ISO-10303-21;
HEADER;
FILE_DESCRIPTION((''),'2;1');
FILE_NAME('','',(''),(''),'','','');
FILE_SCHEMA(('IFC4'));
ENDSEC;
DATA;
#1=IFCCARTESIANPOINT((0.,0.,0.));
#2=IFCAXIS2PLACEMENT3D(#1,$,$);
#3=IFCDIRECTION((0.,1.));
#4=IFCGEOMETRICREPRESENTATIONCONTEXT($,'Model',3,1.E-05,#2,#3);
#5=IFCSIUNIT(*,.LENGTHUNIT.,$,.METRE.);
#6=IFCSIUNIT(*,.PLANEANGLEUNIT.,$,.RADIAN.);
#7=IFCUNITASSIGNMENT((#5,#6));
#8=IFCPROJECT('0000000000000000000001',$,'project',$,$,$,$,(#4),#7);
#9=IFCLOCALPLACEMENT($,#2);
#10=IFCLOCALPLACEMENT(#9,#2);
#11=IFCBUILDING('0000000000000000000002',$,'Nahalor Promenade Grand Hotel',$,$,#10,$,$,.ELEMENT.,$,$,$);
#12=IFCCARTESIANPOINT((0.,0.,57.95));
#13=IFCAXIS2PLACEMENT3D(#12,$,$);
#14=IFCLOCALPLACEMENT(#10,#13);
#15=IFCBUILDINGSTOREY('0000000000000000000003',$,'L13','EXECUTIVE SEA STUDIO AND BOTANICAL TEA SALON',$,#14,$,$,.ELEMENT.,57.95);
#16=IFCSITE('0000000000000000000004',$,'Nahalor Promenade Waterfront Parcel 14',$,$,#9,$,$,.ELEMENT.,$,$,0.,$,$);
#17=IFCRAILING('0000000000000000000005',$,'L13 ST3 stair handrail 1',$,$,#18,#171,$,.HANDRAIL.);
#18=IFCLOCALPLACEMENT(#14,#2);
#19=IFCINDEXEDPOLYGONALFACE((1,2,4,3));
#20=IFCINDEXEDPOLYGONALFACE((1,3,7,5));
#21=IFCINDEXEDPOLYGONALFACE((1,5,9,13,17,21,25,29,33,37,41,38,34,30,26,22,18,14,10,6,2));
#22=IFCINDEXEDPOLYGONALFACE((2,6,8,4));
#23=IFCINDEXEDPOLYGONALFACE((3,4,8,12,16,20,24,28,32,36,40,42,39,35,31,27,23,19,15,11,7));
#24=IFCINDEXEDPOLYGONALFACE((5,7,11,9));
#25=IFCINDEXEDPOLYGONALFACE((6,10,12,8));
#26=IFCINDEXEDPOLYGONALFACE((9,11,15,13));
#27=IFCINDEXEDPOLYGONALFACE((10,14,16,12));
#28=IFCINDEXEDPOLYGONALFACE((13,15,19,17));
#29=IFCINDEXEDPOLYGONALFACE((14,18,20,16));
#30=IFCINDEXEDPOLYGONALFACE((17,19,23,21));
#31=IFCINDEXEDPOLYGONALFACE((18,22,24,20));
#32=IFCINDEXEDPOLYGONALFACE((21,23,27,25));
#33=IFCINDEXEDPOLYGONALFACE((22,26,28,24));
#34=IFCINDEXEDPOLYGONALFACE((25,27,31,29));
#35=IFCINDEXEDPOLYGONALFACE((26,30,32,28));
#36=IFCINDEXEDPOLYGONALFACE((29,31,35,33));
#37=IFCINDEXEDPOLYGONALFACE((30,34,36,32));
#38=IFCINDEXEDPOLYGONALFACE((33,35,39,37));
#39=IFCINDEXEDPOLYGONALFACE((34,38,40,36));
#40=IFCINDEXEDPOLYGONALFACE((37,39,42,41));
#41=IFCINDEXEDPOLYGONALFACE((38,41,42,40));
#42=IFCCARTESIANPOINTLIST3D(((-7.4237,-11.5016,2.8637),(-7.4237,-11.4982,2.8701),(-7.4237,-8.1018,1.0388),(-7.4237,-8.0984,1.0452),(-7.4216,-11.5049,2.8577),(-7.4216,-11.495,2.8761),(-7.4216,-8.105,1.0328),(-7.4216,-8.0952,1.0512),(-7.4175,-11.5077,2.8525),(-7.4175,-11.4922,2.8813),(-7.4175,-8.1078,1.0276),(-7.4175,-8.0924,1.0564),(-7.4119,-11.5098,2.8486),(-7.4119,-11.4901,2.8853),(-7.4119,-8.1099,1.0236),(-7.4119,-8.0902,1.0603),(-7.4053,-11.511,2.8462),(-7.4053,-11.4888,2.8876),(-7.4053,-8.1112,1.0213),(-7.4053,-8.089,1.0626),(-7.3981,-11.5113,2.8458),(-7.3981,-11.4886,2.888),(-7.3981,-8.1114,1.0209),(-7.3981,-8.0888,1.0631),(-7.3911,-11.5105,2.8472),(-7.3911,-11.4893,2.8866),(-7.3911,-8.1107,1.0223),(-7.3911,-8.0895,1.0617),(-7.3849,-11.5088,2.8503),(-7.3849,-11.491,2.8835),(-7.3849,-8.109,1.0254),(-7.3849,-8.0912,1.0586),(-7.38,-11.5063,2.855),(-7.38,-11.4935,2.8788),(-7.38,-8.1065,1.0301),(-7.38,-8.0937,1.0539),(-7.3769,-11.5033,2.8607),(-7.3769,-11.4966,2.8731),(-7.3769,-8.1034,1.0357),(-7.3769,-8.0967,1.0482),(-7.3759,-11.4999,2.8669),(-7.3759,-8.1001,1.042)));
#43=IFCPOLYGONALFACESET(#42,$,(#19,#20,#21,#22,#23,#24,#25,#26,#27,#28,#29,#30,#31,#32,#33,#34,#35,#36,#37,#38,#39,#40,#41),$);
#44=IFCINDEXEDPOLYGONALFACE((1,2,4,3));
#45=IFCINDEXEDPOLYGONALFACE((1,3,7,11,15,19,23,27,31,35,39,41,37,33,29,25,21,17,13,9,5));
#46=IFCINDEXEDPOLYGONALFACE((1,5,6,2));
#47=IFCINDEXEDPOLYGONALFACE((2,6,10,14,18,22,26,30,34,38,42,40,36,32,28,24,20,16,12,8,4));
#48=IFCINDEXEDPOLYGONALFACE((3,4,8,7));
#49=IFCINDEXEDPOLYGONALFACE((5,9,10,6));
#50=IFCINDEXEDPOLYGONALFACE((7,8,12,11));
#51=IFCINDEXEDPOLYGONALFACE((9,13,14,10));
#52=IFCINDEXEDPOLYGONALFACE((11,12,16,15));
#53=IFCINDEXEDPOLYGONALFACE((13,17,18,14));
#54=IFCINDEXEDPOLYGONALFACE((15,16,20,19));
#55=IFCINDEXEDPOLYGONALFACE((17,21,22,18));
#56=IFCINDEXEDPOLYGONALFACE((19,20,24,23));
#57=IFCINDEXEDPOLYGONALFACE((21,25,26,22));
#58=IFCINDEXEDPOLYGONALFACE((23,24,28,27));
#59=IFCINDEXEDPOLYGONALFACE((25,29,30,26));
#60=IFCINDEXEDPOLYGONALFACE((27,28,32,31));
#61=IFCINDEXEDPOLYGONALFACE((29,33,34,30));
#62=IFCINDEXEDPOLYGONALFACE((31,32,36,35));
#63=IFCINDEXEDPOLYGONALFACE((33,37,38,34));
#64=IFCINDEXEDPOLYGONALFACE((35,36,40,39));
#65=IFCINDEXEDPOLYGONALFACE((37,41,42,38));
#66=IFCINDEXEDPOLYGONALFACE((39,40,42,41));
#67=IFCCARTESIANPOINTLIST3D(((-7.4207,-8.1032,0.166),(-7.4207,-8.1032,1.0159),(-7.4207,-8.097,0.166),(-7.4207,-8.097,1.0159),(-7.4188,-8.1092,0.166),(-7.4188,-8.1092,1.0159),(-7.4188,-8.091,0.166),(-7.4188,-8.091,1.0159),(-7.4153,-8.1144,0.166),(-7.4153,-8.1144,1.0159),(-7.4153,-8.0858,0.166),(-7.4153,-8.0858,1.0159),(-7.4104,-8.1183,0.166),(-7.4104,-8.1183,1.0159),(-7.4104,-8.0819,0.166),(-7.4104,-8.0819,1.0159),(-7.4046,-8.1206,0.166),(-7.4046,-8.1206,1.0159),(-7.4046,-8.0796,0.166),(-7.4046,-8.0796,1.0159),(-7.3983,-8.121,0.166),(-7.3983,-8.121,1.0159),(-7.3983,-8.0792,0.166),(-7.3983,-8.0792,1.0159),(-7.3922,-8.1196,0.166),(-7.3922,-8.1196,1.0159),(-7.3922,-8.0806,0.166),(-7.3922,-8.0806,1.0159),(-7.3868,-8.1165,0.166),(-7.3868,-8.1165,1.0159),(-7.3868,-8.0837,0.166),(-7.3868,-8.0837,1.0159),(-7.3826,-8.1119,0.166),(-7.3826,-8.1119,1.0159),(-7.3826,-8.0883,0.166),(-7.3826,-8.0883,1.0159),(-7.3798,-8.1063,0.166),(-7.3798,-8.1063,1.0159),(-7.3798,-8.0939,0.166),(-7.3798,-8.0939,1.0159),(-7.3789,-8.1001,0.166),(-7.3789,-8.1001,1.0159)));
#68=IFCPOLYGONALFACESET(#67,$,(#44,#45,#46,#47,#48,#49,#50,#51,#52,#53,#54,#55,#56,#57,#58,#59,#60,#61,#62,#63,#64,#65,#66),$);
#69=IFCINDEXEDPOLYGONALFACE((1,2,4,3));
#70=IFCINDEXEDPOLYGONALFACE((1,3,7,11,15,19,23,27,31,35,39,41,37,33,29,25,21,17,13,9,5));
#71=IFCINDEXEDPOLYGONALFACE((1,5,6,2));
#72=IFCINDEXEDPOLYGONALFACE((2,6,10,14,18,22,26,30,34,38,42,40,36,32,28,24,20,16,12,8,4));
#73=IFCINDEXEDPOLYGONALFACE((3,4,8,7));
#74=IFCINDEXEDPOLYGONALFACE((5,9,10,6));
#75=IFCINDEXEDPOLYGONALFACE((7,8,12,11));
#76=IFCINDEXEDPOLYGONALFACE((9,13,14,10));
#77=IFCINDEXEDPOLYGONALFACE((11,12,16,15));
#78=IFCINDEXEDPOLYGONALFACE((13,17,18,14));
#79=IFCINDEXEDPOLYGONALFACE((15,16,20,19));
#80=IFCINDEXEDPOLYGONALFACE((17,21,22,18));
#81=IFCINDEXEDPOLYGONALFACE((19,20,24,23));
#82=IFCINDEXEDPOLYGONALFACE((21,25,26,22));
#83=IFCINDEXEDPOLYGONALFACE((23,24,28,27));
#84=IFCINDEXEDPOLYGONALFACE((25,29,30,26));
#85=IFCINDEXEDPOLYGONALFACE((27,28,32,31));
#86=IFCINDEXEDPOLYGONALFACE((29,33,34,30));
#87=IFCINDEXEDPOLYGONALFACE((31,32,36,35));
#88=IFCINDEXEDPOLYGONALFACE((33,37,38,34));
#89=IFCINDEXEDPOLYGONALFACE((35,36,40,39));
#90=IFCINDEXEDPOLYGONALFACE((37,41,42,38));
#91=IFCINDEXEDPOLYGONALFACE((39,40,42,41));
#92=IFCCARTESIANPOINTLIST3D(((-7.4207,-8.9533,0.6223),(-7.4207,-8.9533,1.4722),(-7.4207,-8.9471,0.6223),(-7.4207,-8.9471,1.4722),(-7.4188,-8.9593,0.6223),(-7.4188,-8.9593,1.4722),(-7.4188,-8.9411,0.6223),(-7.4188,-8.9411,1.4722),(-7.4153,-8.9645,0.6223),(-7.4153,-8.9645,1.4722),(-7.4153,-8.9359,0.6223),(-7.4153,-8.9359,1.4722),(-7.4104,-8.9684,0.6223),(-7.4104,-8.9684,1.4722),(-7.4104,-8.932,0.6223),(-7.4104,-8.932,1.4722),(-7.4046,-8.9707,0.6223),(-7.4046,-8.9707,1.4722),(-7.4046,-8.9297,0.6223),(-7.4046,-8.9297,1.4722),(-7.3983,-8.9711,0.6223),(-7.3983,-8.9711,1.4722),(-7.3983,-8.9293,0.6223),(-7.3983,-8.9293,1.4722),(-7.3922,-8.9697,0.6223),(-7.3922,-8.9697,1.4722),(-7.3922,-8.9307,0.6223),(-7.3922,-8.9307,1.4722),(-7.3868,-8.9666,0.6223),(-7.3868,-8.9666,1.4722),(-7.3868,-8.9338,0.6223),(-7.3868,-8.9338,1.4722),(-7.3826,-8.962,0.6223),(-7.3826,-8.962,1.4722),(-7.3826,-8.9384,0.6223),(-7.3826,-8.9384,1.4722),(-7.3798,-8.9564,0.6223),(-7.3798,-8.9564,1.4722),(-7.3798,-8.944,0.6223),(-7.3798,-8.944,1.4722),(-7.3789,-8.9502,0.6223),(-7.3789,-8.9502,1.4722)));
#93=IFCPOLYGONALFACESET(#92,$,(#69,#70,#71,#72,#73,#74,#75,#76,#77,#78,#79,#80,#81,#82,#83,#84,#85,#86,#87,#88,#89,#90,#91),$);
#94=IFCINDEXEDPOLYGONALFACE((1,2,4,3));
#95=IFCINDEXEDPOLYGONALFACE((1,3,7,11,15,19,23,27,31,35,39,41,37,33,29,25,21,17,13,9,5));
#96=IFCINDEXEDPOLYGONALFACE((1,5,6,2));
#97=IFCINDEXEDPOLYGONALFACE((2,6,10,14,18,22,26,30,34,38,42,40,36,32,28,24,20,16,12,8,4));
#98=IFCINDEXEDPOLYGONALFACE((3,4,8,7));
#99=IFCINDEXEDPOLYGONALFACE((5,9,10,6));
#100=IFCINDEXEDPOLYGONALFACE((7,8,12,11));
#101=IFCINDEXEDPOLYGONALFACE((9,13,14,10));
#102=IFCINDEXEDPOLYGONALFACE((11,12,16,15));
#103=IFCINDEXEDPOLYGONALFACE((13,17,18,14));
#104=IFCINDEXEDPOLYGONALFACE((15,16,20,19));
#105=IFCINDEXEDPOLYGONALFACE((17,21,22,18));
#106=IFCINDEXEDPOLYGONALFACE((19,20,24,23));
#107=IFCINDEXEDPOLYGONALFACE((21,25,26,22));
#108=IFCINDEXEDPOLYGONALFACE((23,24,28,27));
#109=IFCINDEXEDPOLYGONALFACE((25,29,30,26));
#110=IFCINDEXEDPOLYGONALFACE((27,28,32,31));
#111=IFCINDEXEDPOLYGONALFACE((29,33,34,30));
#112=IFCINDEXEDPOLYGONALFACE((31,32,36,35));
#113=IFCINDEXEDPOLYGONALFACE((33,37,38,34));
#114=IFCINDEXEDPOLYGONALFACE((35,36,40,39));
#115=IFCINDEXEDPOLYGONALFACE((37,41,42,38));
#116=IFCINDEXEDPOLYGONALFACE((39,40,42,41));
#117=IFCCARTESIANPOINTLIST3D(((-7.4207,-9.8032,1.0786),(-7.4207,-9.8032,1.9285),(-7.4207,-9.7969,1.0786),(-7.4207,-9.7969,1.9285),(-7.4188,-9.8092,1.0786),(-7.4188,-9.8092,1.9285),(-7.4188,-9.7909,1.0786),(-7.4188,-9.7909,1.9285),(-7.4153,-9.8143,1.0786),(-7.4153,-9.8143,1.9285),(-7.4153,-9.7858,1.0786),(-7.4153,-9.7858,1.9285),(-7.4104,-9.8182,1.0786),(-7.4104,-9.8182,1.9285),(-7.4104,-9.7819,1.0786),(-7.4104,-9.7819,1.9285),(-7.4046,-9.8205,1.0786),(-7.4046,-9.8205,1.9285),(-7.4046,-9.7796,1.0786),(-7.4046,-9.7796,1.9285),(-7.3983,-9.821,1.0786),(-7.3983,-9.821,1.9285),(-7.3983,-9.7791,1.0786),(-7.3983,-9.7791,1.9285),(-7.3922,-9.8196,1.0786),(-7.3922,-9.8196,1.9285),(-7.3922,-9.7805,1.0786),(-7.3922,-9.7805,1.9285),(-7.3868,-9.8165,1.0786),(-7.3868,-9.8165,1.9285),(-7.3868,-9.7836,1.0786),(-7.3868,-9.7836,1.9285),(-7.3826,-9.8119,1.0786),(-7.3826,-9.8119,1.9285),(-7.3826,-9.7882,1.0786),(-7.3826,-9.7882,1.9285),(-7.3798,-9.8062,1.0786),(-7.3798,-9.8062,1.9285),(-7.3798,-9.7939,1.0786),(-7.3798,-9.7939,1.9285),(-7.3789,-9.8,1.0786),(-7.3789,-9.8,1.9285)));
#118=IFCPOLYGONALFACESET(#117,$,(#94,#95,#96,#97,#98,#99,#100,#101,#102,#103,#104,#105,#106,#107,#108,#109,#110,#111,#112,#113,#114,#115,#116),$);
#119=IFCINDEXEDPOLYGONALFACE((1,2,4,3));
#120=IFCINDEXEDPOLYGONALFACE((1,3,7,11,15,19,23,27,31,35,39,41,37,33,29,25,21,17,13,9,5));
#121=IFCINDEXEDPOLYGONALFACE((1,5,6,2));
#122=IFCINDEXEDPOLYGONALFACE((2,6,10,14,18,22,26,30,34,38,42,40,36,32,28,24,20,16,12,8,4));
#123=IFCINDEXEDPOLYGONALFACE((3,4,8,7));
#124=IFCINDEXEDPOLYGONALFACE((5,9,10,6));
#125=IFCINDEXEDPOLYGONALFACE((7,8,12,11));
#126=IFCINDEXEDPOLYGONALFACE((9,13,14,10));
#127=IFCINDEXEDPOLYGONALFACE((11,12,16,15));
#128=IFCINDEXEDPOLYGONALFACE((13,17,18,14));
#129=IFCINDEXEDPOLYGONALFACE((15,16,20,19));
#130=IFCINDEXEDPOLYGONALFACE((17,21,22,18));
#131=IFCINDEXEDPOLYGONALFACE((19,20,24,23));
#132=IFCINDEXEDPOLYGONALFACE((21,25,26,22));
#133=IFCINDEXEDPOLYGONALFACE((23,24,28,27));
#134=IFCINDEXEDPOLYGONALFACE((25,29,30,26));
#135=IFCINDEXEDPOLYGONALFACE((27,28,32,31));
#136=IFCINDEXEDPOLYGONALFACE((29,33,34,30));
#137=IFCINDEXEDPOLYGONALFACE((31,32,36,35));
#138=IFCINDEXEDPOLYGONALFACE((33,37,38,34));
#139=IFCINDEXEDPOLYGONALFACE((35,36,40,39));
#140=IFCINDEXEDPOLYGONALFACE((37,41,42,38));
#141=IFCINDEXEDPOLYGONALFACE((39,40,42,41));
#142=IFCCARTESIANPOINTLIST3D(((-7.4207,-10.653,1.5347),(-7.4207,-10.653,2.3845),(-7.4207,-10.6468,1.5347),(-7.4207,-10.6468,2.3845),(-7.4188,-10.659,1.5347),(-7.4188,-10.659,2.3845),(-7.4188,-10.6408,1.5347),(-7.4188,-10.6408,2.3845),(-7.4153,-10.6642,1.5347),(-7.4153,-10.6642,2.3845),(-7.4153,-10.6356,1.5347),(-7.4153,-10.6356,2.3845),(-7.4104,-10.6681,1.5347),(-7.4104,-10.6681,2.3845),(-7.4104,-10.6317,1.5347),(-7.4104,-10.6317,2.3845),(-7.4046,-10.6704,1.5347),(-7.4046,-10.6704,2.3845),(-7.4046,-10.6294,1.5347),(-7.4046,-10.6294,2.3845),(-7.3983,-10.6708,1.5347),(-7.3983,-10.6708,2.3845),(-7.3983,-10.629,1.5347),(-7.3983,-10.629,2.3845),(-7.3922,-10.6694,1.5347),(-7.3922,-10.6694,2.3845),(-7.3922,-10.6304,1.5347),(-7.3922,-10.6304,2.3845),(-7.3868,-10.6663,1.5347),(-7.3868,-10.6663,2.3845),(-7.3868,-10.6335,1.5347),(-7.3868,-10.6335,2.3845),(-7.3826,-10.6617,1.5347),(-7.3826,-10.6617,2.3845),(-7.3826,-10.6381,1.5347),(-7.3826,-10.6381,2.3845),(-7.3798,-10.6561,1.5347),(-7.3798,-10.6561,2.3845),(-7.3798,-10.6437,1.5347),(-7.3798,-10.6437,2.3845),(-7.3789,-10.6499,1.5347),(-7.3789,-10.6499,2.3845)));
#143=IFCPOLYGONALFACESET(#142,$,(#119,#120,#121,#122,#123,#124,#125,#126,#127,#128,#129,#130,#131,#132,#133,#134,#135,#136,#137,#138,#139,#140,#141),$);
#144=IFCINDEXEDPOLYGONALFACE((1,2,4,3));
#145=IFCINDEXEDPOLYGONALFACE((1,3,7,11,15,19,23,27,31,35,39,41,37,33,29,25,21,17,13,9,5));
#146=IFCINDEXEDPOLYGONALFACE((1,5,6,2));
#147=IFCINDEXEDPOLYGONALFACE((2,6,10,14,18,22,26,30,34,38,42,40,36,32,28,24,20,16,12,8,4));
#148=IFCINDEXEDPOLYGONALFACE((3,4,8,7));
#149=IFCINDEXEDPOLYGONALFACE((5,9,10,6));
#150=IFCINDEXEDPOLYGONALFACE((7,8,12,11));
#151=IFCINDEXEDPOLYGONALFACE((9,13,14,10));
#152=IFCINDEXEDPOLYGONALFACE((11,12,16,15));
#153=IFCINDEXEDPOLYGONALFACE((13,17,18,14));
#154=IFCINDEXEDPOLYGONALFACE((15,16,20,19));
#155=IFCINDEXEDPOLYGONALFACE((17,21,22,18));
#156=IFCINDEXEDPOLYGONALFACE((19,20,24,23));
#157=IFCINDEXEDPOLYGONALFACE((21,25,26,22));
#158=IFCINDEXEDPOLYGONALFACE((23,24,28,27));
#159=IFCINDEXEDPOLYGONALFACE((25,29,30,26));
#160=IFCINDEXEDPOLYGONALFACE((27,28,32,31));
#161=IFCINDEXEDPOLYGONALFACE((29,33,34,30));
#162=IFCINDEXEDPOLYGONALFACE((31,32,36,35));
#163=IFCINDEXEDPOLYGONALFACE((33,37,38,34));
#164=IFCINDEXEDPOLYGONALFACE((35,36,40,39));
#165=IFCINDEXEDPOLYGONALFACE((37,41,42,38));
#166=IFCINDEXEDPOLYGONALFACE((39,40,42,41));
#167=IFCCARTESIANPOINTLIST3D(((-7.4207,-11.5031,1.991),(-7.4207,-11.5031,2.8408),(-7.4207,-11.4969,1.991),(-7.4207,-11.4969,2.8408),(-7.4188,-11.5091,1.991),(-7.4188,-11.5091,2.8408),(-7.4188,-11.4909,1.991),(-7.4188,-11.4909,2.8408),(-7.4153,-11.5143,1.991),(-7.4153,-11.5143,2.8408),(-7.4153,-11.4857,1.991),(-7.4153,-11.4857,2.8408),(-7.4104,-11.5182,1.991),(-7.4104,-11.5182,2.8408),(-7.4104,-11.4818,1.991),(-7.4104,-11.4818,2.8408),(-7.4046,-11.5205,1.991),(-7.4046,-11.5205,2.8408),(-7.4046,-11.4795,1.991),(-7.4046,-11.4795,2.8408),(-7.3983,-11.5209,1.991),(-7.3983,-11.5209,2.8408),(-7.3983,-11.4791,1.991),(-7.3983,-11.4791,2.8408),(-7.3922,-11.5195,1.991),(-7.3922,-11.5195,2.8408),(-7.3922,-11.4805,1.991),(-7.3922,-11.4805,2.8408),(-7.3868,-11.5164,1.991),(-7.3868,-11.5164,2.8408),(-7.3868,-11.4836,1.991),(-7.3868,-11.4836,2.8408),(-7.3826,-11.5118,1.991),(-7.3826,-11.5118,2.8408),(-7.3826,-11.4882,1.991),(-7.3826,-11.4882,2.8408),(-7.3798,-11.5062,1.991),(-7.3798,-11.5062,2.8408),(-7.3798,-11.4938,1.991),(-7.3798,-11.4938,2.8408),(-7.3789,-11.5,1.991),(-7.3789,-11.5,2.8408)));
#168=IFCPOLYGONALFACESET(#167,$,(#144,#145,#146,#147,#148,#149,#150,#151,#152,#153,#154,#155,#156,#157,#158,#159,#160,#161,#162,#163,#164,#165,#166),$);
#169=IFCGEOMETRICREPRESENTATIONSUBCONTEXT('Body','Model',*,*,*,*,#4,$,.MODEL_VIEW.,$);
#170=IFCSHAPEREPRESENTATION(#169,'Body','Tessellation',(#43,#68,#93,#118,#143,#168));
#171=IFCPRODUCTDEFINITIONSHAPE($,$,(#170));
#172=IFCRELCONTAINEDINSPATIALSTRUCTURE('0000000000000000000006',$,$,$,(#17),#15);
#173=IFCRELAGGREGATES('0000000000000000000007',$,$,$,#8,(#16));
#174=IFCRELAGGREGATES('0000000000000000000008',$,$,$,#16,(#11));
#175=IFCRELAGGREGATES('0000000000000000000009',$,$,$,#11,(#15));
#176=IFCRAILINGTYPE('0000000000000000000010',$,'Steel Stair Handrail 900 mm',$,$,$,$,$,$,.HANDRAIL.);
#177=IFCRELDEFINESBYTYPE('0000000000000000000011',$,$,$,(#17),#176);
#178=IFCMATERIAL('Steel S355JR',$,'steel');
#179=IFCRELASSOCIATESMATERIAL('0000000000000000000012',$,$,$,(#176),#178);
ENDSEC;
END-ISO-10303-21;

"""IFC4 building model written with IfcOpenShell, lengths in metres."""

from ifc_helpers import new_model, si_unit, direction, frame, origin, origin_2d, place, context, subcontext, project, spatial, circle, extrude, material, type_object, element, save


model = new_model("IFC4")

# Units and contexts
model_context = context("Model", 3, precision=1e-05, world=origin(), true_north=direction((0.0, 1.0)))
body_context = subcontext(model_context, "Body", "Model", "MODEL_VIEW")
ifc_project = project(units=[si_unit("LENGTHUNIT", "METRE"), si_unit("PLANEANGLEUNIT", "RADIAN")], contexts=[model_context])

# Site, building, storey
site_placement = place(None, origin())
site = spatial("IfcSite", under=ifc_project, at=site_placement, Name="Nahalor Promenade Waterfront Parcel 14", CompositionType="ELEMENT", RefElevation=0.0)
building_placement = place(site_placement, origin())
building = spatial("IfcBuilding", under=site, at=building_placement, Name="Nahalor Promenade Grand Hotel", CompositionType="ELEMENT")
storey_placement = place(building_placement, frame((0.0, 0.0, 57.95)))
storey = spatial("IfcBuildingStorey", under=building, at=storey_placement, Name="L13", Description="EXECUTIVE SEA STUDIO AND BOTANICAL TEA SALON", CompositionType="ELEMENT", Elevation=57.95)

# Shared definitions
ifc_material_1 = material(Name="Steel S355JR", Category="steel")

# Railing
railing_type_1 = type_object("IfcRailingType", Name="Steel Stair Handrail 900 mm", PredefinedType="HANDRAIL", material=ifc_material_1)
railing_1_placement = place(storey_placement, frame((-7.3999, -8.1001, 0.166)))
element("IfcRailing", 1, at=railing_1_placement, inside=storey, type_object=railing_type_1, Name="L13 ST3 stair handrail 1", PredefinedType="HANDRAIL", context=body_context, shape_type="SweptSolid", body=[
    extrude(circle(Radius=0.024, at=origin_2d()), frame((0.0, 0.0, 0.876), z_axis=(0.0, -0.881094, 0.472941), x_axis=(1.0, 0.0, 0.0)), (0.0, 0.0, 1.0), 3.8586),
    extrude(circle(Radius=0.021, at=origin_2d()), origin(), (0.0, 0.0, 1.0), 0.8499),
    extrude(circle(Radius=0.021, at=origin_2d()), frame((0.0, -0.8501, 0.4563)), (0.0, 0.0, 1.0), 0.8499),
    extrude(circle(Radius=0.021, at=origin_2d()), frame((0.0, -1.7, 0.9126)), (0.0, 0.0, 1.0), 0.8499),
    extrude(circle(Radius=0.021, at=origin_2d()), frame((0.0, -2.5498, 1.3687)), (0.0, 0.0, 1.0), 0.8499),
    extrude(circle(Radius=0.021, at=origin_2d()), frame((0.0, -3.3999, 1.825)), (0.0, 0.0, 1.0), 0.8499),
])

save(model, "model.ifc")
